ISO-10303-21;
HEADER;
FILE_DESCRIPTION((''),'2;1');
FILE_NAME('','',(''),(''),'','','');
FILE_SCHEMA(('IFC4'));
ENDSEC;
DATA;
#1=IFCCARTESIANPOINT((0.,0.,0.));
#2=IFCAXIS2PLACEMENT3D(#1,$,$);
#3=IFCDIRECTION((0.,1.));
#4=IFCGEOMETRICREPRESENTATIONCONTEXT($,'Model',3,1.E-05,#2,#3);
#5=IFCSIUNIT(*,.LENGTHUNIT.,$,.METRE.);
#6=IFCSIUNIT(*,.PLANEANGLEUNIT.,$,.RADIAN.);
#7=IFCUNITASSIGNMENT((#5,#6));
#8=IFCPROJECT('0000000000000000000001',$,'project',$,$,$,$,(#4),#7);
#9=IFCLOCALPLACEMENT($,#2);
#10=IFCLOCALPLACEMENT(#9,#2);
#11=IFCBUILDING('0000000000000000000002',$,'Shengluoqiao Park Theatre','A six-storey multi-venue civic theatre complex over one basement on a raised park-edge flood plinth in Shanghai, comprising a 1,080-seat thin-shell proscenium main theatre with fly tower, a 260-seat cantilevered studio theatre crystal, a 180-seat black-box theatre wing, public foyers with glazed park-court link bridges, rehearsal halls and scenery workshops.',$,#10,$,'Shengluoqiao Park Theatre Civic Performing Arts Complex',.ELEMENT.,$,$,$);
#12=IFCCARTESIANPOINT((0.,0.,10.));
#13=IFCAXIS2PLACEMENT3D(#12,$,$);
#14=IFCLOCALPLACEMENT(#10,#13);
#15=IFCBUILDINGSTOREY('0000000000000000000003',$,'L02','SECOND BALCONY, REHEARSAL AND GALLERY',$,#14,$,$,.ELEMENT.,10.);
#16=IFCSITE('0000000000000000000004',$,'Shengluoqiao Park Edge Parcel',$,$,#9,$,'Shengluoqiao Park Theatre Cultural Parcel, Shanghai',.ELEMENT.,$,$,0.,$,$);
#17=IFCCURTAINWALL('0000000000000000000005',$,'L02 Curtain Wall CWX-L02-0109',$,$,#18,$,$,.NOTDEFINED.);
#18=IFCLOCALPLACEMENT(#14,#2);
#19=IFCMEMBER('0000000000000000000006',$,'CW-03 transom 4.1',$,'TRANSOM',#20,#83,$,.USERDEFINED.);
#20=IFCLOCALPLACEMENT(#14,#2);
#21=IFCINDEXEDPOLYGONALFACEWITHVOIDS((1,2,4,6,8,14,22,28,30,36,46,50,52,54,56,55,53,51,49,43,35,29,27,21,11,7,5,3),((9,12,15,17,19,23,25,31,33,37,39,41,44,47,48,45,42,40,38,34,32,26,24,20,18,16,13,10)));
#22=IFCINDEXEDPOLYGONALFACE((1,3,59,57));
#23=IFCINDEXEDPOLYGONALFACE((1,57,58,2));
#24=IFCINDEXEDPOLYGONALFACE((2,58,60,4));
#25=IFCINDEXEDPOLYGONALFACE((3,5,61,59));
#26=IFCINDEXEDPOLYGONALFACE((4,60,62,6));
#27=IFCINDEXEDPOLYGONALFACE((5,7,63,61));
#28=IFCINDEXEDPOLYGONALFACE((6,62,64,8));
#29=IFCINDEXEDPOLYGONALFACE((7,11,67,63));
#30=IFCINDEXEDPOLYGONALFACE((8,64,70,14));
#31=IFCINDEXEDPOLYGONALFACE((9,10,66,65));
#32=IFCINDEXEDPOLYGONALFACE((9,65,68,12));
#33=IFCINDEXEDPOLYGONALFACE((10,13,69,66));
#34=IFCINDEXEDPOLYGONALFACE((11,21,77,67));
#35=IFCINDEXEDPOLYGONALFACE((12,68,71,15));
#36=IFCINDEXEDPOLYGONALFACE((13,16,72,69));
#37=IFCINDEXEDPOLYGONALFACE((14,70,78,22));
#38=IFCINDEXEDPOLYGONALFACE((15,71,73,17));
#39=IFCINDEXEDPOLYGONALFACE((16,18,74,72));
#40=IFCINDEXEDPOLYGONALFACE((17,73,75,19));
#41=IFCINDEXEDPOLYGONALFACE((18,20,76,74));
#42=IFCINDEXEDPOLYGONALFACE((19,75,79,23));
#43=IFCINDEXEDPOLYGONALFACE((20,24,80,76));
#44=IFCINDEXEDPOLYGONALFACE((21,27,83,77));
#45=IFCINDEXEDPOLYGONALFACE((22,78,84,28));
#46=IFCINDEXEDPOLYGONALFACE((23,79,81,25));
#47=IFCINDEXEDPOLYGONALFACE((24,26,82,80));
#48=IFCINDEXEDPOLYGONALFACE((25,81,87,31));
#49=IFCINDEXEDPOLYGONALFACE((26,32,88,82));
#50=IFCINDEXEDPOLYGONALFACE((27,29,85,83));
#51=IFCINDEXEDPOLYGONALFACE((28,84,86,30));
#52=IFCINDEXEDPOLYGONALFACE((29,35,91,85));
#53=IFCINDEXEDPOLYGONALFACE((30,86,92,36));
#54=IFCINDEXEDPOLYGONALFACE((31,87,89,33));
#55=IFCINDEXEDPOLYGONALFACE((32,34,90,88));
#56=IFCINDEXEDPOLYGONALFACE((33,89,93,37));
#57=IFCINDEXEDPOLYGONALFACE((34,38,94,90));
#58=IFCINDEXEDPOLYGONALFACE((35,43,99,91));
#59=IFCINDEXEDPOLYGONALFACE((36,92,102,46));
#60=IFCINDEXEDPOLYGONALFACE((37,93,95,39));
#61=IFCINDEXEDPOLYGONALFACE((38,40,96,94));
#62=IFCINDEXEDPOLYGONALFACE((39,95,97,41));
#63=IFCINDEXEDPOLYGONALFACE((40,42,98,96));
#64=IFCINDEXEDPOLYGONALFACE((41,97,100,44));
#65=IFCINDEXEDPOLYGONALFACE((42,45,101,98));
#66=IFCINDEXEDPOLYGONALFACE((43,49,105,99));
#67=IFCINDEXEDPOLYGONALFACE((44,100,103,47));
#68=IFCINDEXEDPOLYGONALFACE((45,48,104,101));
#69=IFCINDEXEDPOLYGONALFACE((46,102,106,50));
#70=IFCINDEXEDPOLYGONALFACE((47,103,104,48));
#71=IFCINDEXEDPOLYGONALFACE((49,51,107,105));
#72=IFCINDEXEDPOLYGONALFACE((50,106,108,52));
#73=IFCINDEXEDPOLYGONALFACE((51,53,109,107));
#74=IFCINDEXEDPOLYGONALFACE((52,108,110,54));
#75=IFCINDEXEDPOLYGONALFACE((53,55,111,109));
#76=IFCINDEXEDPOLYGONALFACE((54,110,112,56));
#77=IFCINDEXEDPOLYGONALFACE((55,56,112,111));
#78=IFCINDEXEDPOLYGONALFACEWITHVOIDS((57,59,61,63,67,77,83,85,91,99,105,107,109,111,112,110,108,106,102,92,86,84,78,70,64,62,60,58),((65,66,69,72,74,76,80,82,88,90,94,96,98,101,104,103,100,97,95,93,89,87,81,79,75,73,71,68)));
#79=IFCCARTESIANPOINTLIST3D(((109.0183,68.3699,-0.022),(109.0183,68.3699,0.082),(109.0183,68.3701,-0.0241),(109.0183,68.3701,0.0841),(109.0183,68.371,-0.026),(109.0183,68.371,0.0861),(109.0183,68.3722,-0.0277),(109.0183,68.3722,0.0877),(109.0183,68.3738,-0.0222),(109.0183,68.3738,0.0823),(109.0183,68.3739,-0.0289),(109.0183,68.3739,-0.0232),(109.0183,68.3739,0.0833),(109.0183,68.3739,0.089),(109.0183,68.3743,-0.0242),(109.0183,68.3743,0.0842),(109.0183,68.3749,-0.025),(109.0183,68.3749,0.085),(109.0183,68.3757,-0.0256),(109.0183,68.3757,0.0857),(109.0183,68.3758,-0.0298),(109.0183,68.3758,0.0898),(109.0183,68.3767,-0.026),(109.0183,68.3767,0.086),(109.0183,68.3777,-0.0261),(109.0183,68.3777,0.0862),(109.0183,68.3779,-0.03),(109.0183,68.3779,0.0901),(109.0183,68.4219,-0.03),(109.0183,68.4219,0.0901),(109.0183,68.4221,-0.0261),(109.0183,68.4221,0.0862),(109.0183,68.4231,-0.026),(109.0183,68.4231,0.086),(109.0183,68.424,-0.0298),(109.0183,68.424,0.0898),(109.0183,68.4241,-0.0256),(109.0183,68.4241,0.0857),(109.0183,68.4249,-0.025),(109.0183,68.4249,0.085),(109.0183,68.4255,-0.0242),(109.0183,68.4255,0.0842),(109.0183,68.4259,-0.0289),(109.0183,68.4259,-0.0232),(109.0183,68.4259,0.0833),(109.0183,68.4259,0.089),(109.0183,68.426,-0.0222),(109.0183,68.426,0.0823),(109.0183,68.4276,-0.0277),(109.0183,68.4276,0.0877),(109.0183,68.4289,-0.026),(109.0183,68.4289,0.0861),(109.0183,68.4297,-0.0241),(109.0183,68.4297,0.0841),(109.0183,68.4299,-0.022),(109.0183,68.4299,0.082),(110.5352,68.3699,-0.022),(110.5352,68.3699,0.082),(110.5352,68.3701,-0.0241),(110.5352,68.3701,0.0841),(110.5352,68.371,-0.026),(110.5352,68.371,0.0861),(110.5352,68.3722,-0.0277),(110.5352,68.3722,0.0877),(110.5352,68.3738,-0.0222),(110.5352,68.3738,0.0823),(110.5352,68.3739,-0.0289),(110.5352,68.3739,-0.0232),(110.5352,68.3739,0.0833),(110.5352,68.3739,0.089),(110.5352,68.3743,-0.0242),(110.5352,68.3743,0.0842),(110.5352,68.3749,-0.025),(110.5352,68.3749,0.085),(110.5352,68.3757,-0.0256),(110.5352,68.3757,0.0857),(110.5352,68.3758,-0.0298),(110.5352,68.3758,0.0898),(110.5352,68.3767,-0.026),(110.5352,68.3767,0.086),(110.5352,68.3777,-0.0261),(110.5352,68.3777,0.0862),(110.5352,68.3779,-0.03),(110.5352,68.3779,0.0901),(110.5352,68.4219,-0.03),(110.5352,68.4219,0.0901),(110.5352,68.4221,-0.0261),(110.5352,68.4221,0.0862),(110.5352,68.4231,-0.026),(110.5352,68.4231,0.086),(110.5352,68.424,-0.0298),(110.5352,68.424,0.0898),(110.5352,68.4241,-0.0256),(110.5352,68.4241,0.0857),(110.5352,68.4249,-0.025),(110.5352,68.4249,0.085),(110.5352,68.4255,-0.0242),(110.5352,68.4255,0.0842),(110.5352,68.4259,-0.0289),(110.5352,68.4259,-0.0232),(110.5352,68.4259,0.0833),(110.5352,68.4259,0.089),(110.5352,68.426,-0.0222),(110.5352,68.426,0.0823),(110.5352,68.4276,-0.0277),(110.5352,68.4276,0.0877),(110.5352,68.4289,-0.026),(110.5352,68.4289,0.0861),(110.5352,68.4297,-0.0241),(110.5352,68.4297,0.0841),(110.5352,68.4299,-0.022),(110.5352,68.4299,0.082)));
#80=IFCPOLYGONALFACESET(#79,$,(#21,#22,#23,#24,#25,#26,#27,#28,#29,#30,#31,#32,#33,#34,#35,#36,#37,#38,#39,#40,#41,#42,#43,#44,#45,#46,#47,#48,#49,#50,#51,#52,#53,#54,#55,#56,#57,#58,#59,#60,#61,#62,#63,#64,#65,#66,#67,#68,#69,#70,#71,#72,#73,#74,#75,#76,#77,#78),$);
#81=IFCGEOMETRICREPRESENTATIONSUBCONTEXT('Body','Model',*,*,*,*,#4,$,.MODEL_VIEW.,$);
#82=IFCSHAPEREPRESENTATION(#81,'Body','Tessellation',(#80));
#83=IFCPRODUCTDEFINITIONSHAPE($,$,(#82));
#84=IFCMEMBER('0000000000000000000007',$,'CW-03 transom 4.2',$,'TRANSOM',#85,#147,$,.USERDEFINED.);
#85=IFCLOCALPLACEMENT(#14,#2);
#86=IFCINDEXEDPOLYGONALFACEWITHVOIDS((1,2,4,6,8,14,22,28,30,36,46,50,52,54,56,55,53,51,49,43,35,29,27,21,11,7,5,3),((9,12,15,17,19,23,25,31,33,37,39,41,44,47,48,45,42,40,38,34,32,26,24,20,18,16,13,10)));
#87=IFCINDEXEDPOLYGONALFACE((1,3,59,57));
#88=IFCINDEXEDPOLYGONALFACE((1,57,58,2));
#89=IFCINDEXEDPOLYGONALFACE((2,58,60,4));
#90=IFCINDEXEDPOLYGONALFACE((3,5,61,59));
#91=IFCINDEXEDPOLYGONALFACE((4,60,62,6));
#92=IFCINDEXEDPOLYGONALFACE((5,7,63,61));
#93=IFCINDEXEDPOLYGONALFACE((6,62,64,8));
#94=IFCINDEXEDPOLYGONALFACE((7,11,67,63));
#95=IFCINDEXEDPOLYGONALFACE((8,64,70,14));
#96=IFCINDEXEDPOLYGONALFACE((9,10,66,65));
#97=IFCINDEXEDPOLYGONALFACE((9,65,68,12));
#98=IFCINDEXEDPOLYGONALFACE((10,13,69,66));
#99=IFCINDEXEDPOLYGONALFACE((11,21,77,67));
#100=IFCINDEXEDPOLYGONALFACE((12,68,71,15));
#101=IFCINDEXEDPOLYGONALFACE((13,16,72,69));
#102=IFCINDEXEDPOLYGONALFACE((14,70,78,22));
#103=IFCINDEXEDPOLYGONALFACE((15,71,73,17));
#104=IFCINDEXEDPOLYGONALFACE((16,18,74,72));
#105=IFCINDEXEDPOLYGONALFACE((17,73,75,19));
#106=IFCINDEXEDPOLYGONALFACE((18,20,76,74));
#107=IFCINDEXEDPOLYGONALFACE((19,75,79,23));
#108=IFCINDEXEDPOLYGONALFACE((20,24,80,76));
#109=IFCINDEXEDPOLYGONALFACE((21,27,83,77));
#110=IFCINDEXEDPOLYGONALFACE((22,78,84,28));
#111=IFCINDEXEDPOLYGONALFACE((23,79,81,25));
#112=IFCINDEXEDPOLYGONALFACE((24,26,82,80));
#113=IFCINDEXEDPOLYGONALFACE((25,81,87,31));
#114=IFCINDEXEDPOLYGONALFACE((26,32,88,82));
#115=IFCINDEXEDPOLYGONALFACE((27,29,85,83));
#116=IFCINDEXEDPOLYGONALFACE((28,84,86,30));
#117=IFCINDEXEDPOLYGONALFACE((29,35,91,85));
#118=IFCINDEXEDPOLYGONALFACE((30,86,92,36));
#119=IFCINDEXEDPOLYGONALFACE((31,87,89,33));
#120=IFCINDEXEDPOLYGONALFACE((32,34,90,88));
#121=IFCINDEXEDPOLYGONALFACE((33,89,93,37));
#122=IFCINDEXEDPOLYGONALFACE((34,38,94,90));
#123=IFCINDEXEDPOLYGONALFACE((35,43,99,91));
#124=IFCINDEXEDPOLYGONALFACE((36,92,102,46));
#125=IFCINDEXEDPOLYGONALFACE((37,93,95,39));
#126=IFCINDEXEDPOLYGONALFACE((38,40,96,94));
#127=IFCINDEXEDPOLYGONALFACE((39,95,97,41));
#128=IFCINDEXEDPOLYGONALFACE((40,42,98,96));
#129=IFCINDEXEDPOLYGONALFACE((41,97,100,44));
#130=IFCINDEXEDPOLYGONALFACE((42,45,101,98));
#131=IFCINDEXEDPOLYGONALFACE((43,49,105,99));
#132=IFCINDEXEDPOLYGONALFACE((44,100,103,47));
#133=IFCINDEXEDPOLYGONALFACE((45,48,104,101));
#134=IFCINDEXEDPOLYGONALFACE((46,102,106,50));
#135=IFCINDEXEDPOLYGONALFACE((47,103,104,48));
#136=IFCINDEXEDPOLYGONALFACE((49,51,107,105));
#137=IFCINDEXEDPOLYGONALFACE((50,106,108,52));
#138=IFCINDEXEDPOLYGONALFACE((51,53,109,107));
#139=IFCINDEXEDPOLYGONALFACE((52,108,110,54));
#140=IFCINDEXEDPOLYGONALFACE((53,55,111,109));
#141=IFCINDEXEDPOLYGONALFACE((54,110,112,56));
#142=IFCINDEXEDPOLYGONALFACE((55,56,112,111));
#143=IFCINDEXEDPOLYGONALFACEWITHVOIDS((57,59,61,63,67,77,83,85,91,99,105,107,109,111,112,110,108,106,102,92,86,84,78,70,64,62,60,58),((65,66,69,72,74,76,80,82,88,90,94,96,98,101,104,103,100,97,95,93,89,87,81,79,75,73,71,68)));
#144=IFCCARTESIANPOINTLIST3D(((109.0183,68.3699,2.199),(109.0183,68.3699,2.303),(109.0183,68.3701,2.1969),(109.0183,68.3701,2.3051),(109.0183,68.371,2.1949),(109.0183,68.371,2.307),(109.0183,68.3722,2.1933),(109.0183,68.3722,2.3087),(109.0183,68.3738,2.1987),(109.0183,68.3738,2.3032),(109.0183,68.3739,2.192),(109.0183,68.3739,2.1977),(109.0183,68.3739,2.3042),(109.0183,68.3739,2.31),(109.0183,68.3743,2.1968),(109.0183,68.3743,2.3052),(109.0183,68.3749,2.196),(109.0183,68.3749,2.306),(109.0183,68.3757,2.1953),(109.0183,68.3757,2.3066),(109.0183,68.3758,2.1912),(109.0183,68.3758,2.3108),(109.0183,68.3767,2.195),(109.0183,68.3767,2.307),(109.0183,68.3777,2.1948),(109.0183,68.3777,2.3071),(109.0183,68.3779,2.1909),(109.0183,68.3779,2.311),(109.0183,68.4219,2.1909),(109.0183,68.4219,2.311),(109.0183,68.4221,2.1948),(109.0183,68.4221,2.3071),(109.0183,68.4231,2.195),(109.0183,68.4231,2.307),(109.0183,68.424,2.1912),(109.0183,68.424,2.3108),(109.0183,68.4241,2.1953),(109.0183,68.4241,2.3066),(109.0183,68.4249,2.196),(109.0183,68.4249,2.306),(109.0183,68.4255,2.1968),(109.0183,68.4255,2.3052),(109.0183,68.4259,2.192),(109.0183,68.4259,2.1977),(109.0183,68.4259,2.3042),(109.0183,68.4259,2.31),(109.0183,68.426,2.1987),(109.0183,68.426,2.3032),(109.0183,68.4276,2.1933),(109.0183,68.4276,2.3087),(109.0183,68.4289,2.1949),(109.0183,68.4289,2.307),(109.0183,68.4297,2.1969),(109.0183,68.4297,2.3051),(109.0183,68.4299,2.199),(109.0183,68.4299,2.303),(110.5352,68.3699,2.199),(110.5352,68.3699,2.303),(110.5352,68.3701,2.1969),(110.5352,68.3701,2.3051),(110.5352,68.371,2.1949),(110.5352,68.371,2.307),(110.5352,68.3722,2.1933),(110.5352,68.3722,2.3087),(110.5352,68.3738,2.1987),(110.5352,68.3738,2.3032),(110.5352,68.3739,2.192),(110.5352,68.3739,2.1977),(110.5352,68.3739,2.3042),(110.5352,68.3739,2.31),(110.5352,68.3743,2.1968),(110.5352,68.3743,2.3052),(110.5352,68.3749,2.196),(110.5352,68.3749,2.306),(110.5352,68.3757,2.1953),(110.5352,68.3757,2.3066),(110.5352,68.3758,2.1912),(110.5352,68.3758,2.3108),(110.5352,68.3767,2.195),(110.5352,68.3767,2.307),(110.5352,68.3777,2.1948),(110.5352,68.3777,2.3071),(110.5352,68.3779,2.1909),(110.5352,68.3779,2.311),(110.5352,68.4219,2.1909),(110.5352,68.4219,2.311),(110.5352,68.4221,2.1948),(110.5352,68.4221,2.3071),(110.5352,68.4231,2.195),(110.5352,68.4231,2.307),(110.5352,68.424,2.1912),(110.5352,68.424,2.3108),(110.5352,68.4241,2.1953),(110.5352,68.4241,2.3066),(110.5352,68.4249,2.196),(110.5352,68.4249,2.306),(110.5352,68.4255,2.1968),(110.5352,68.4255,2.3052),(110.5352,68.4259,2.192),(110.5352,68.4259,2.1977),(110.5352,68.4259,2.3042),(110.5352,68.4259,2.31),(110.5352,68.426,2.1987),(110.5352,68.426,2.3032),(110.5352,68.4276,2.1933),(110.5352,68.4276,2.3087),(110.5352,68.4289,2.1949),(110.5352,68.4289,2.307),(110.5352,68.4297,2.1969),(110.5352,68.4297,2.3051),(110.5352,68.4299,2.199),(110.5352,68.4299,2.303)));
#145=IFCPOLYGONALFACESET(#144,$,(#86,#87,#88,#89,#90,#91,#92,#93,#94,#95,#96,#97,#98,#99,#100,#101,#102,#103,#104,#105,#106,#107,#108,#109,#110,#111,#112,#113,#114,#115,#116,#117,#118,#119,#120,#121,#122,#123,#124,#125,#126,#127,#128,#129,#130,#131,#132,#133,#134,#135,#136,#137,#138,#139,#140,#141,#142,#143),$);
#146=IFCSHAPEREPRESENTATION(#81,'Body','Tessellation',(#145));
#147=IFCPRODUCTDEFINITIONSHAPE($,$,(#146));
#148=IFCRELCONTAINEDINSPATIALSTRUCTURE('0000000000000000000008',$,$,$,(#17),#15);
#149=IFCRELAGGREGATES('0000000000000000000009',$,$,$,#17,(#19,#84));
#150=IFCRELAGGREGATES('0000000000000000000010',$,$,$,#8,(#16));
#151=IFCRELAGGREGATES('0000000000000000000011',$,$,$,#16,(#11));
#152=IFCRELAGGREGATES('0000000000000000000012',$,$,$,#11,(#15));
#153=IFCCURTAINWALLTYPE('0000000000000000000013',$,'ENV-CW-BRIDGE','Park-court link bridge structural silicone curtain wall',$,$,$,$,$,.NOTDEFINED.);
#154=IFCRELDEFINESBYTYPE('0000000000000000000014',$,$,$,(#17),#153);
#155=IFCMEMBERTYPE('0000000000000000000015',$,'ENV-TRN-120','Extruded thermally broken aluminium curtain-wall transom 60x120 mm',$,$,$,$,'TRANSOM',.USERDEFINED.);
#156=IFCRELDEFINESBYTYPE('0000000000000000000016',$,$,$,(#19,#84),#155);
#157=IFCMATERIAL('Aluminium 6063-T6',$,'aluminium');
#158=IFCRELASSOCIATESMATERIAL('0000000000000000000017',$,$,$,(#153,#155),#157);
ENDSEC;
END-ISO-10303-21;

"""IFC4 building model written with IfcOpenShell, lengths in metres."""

from ifc_helpers import new_model, si_unit, direction, frame, origin, origin_2d, place, context, subcontext, project, spatial, hollow_rectangle, extrude, material, material_profile, profile_set, type_object, element, aggregate, save


model = new_model("IFC4")

# Units and contexts
model_context = context("Model", 3, precision=1e-05, world=origin(), true_north=direction((0.0, 1.0)))
body_context = subcontext(model_context, "Body", "Model", "MODEL_VIEW")
ifc_project = project(units=[si_unit("LENGTHUNIT", "METRE"), si_unit("PLANEANGLEUNIT", "RADIAN")], contexts=[model_context])

# Site, building, storey
site_placement = place(None, origin())
site = spatial("IfcSite", under=ifc_project, at=site_placement, Name="Shengluoqiao Park Edge Parcel", LongName="Shengluoqiao Park Theatre Cultural Parcel, Shanghai", CompositionType="ELEMENT", RefElevation=0.0)
building_placement = place(site_placement, origin())
building = spatial("IfcBuilding", under=site, at=building_placement, Name="Shengluoqiao Park Theatre", Description="A six-storey multi-venue civic theatre complex over one basement on a raised park-edge flood plinth in Shanghai, comprising a 1,080-seat thin-shell proscenium main theatre with fly tower, a 260-seat cantilevered studio theatre crystal, a 180-seat black-box theatre wing, public foyers with glazed park-court link bridges, rehearsal halls and scenery workshops.", LongName="Shengluoqiao Park Theatre Civic Performing Arts Complex", CompositionType="ELEMENT")
storey_placement = place(building_placement, frame((0.0, 0.0, 10.0)))
storey = spatial("IfcBuildingStorey", under=building, at=storey_placement, Name="L02", Description="SECOND BALCONY, REHEARSAL AND GALLERY", CompositionType="ELEMENT", Elevation=10.0)

# Curtain wall, members
ifc_material_1 = material(Name="Aluminium 6063-T6", Category="aluminium")
curtain_wall_type = type_object("IfcCurtainWallType", Name="ENV-CW-BRIDGE", Description="Park-court link bridge structural silicone curtain wall", PredefinedType="NOTDEFINED", material=ifc_material_1)
curtain_wall_placement = place(storey_placement, origin())
curtain_wall = element("IfcCurtainWall", 1, at=curtain_wall_placement, inside=storey, type_object=curtain_wall_type, Name="L02 Curtain Wall CWX-L02-0109", PredefinedType="NOTDEFINED")
ifc_material_profile_1 = material_profile(ifc_material_1, hollow_rectangle(XDim=0.0601, YDim=0.1201, WallThickness=0.0039, InnerFilletRadius=0.0039, OuterFilletRadius=0.0081, at=origin_2d()), Name="ALU TRANSOM 120x60x4")
ifc_profile_set_1 = profile_set([ifc_material_profile_1], Name="Aluminium 6063-T6")
member_type_1 = type_object("IfcMemberType", Name="ENV-TRN-120", Description="Extruded thermally broken aluminium curtain-wall transom 60x120 mm", ElementType="TRANSOM", PredefinedType="USERDEFINED", material=ifc_profile_set_1)
member_1_placement = place(storey_placement, frame((109.0183, 68.3999, 0.03), z_axis=(1.0, 0.0, 0.0), x_axis=(0.0, 1.0, 0.0)))
member_1 = element("IfcMember", 2, at=member_1_placement, type_object=member_type_1, Name="CW-03 transom 4.1", ObjectType="TRANSOM", PredefinedType="USERDEFINED", context=body_context, shape_type="SweptSolid", body=[
    extrude(hollow_rectangle(XDim=0.0601, YDim=0.1201, WallThickness=0.0039, InnerFilletRadius=0.0039, OuterFilletRadius=0.0081, at=origin_2d()), origin(), (0.0, 0.0, 1.0), 1.5168),
])
member_2_placement = place(storey_placement, frame((109.0183, 68.3999, 2.251), z_axis=(1.0, 0.0, 0.0), x_axis=(0.0, 1.0, 0.0)))
member_2 = element("IfcMember", 3, at=member_2_placement, type_object=member_type_1, Name="CW-03 transom 4.2", ObjectType="TRANSOM", PredefinedType="USERDEFINED", context=body_context, shape_type="SweptSolid", body=[
    extrude(hollow_rectangle(XDim=0.0601, YDim=0.1201, WallThickness=0.0039, InnerFilletRadius=0.0039, OuterFilletRadius=0.0081, at=origin_2d()), origin(), (0.0, 0.0, 1.0), 1.5168),
])
aggregate(curtain_wall, [member_1, member_2])

save(model, "model.ifc")
